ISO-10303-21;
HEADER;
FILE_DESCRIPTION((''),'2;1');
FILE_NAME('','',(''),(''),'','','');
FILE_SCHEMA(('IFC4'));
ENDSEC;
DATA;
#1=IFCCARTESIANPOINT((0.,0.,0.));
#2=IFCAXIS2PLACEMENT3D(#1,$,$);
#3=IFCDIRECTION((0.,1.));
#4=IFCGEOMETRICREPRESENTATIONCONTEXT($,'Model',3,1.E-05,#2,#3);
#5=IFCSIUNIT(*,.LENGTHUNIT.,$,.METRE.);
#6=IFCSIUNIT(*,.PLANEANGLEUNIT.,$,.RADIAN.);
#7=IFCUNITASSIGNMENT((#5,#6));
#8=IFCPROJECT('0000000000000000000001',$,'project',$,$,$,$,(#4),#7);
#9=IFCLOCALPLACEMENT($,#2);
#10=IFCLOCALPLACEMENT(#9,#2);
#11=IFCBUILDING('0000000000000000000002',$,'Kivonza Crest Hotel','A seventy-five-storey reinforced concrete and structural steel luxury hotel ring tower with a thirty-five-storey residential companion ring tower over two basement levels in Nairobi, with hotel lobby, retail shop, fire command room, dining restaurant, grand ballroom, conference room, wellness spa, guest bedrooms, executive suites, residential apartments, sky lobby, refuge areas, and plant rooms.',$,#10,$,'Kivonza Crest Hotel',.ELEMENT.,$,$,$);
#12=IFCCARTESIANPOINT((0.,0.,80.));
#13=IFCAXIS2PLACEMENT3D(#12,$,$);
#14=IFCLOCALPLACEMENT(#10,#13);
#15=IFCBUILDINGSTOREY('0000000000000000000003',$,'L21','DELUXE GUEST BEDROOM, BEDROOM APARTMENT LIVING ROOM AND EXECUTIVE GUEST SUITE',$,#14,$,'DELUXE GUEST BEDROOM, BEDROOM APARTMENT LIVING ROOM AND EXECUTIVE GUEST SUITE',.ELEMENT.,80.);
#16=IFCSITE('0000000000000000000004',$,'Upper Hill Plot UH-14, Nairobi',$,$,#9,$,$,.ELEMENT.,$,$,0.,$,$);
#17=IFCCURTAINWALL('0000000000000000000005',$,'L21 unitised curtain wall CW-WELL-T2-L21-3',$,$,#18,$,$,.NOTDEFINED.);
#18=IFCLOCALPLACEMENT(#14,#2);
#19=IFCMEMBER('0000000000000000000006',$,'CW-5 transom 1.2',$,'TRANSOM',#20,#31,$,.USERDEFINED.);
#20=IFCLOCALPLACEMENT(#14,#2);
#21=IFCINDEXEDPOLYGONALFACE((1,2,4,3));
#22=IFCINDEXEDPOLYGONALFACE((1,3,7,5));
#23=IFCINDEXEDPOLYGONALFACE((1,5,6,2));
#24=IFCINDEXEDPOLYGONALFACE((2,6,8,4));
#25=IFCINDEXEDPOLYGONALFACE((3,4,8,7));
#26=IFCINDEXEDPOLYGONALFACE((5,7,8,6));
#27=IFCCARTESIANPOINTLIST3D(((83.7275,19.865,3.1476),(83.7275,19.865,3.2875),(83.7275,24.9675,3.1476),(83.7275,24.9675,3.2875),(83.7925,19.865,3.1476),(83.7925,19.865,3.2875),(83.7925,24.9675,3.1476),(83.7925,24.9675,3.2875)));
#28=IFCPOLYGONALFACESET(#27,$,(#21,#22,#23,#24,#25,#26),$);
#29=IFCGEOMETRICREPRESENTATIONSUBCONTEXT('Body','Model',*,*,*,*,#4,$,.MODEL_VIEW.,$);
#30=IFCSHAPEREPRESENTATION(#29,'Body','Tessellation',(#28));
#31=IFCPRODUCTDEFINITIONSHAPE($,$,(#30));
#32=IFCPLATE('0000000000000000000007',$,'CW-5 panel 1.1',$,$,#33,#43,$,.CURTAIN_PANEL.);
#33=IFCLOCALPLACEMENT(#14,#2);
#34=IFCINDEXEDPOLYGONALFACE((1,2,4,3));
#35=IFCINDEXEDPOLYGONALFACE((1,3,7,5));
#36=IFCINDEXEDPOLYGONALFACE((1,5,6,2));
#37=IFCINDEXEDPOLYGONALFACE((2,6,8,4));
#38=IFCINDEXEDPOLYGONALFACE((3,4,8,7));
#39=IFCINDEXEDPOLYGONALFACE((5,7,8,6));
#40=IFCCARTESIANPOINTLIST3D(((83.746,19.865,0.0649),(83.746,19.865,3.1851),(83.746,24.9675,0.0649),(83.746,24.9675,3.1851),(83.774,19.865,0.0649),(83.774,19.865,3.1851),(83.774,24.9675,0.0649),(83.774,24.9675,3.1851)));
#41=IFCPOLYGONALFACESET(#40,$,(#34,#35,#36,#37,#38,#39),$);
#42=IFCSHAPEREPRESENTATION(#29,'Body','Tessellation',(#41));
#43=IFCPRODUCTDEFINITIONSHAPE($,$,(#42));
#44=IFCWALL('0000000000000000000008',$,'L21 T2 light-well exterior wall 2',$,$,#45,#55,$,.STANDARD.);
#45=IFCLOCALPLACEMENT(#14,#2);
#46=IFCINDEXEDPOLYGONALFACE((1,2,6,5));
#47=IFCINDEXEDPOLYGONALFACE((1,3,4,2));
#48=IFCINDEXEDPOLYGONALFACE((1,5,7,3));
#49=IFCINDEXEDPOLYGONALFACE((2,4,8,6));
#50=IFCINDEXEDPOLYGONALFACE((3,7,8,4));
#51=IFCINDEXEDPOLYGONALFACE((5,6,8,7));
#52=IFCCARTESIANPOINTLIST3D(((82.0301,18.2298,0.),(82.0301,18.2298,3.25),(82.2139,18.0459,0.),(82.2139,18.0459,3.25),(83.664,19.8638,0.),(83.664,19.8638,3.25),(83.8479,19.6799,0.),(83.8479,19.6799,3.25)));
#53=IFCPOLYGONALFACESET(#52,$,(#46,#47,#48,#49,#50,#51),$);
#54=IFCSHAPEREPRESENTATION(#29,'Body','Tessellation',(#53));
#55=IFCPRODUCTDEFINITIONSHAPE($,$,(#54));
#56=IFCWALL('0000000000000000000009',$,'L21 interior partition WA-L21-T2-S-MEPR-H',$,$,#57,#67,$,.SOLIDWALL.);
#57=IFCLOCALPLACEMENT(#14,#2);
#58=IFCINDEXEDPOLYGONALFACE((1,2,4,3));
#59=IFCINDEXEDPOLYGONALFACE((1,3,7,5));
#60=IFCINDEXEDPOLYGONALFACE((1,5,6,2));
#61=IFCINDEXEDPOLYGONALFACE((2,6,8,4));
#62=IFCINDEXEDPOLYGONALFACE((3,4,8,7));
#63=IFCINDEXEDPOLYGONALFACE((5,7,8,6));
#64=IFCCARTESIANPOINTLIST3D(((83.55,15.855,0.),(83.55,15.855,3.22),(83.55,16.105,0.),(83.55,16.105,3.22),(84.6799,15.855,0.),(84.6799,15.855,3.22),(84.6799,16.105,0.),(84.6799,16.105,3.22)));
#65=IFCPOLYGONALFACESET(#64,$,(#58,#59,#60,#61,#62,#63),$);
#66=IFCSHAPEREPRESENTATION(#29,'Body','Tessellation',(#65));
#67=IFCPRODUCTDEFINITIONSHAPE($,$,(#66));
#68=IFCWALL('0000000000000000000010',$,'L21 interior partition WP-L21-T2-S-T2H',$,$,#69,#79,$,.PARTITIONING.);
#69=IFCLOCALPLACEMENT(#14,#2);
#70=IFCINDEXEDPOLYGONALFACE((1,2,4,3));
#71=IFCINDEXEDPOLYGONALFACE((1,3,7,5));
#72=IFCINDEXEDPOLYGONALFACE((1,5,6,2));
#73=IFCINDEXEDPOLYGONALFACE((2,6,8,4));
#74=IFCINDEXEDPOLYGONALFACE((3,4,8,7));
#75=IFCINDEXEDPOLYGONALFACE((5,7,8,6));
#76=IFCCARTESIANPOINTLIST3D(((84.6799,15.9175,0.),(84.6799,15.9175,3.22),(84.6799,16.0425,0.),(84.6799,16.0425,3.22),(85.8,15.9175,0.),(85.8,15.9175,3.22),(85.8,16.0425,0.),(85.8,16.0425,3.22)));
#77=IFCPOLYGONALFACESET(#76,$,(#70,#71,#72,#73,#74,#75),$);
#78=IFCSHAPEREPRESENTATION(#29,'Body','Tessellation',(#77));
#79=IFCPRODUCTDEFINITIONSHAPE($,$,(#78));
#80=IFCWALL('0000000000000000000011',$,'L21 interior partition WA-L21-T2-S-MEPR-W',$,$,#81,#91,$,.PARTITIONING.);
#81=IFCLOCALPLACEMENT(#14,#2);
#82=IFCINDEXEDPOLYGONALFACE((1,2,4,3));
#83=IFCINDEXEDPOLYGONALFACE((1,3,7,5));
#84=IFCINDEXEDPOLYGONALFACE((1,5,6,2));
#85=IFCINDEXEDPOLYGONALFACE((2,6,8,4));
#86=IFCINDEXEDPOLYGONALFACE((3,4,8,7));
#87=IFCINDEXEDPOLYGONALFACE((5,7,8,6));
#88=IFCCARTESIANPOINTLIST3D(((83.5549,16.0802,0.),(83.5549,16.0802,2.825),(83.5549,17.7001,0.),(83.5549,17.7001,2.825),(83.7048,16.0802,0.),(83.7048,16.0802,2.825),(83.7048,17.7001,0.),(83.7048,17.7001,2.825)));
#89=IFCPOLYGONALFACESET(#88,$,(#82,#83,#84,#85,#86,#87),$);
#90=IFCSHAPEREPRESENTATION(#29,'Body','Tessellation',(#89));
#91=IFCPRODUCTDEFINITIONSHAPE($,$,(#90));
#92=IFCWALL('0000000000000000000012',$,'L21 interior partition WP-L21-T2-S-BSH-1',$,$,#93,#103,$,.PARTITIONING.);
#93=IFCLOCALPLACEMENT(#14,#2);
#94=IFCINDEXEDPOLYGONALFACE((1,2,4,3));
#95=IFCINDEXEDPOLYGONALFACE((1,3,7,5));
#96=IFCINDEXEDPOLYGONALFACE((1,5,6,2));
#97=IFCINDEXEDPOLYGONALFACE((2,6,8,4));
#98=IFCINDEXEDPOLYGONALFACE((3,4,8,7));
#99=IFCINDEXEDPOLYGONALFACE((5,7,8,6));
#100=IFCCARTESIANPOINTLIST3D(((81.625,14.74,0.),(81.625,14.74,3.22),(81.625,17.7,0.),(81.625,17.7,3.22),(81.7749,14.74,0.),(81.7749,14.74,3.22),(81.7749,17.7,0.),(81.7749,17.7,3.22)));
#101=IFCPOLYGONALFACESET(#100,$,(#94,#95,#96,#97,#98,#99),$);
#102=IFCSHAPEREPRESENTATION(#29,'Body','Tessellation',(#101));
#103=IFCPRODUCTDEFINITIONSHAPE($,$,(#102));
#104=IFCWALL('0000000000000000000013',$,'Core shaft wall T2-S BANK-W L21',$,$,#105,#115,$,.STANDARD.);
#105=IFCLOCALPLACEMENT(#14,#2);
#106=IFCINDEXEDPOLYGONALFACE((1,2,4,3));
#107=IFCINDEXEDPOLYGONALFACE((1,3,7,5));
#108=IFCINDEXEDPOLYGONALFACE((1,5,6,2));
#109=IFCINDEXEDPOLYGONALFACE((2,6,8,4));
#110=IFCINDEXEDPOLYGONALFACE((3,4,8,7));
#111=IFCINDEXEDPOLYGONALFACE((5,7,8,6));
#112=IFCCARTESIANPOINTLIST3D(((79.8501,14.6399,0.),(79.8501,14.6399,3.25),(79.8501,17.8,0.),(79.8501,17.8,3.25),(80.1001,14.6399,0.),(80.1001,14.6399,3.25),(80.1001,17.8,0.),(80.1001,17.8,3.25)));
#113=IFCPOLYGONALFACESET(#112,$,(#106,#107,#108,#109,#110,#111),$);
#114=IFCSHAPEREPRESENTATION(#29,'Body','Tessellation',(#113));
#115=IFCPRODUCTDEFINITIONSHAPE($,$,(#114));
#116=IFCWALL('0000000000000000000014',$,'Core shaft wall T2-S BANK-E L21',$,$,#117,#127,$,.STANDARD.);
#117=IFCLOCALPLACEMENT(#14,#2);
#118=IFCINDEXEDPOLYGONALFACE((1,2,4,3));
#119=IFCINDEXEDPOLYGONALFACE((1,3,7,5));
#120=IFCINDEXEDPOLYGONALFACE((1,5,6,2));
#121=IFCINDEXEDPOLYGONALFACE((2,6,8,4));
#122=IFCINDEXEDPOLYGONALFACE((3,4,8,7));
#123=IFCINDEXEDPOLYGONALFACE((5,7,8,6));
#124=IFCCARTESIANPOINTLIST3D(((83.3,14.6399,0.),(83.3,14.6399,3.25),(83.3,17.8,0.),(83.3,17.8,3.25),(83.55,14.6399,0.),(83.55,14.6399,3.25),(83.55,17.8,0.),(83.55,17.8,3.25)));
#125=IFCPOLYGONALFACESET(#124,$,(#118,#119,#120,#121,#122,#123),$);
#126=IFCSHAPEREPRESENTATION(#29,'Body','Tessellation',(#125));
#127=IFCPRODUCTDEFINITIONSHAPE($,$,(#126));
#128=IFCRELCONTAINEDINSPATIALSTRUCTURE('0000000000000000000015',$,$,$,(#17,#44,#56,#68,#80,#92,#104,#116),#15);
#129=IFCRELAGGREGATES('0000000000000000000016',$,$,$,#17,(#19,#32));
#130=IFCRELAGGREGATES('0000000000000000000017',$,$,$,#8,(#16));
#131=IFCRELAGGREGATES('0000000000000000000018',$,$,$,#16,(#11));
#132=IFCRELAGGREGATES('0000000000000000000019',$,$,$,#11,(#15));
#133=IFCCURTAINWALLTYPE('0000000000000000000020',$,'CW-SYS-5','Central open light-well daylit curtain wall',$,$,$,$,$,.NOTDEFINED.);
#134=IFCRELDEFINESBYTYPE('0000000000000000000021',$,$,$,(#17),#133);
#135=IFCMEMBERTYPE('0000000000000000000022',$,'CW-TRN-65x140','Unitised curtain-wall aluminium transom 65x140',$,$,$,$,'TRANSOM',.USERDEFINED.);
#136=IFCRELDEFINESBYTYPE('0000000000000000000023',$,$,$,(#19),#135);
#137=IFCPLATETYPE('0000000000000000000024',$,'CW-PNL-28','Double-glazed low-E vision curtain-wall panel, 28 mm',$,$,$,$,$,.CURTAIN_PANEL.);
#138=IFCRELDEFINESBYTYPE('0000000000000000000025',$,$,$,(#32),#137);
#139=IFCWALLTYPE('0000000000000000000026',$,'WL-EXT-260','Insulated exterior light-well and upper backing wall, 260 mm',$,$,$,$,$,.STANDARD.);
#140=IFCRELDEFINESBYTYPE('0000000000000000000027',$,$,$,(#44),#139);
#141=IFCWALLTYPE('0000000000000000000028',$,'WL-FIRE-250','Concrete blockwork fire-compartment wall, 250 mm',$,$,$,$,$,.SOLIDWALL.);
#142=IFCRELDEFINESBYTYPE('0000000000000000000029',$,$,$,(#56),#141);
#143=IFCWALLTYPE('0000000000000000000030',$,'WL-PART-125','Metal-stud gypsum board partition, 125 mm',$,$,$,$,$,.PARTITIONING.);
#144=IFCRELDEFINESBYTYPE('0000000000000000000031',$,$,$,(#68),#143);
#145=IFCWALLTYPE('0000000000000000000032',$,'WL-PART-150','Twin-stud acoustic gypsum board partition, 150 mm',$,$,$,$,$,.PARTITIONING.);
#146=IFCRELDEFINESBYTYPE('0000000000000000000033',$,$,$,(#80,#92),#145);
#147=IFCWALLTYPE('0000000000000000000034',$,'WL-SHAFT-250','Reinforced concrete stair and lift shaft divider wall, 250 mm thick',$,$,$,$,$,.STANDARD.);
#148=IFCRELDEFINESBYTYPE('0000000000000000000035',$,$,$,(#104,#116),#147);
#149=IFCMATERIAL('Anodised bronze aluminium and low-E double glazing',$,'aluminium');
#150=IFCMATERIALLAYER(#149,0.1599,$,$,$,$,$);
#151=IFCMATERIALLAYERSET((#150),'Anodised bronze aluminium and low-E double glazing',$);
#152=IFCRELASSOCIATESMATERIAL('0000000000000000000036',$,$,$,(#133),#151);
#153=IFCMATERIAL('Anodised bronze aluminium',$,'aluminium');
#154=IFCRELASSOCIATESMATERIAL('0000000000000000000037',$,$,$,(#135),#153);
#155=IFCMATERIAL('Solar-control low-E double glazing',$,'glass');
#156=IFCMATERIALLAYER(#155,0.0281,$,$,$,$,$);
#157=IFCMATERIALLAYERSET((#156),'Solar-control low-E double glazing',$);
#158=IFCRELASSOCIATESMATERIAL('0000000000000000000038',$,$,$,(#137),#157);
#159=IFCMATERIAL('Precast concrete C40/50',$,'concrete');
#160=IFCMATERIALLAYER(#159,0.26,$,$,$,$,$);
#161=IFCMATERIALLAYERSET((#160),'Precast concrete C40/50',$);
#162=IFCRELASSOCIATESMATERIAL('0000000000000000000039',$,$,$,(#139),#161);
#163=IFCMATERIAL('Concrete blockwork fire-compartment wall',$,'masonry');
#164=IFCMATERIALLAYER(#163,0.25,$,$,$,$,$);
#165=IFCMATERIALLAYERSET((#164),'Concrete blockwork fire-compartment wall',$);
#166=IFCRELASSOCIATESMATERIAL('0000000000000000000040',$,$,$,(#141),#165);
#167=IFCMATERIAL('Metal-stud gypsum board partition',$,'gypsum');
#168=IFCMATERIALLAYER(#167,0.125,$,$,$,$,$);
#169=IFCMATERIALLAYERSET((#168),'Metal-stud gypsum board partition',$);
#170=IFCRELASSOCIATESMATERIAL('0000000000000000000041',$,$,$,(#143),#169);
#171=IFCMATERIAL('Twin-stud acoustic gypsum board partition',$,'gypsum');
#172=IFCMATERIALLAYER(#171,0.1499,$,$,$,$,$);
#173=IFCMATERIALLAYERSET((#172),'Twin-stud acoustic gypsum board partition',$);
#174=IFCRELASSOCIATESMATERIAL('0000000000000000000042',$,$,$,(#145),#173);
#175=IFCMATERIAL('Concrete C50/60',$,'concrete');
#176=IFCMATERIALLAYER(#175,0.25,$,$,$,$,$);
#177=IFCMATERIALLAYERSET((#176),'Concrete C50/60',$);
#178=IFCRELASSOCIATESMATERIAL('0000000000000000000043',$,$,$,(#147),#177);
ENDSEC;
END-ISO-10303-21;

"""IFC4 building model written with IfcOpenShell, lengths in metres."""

from ifc_helpers import new_model, si_unit, direction, frame, frame_2d, origin, origin_2d, place, context, subcontext, project, spatial, rectangle, extrude, material, layer, layer_set, material_profile, profile_set, type_object, element, aggregate, save


model = new_model("IFC4")

# Units and contexts
model_context = context("Model", 3, precision=1e-05, world=origin(), true_north=direction((0.0, 1.0)))
body_context = subcontext(model_context, "Body", "Model", "MODEL_VIEW")
ifc_project = project(units=[si_unit("LENGTHUNIT", "METRE"), si_unit("PLANEANGLEUNIT", "RADIAN")], contexts=[model_context])

# Site, building, storey
site_placement = place(None, origin())
site = spatial("IfcSite", under=ifc_project, at=site_placement, Name="Upper Hill Plot UH-14, Nairobi", CompositionType="ELEMENT", RefElevation=0.0)
building_placement = place(site_placement, origin())
building = spatial("IfcBuilding", under=site, at=building_placement, Name="Kivonza Crest Hotel", Description="A seventy-five-storey reinforced concrete and structural steel luxury hotel ring tower with a thirty-five-storey residential companion ring tower over two basement levels in Nairobi, with hotel lobby, retail shop, fire command room, dining restaurant, grand ballroom, conference room, wellness spa, guest bedrooms, executive suites, residential apartments, sky lobby, refuge areas, and plant rooms.", LongName="Kivonza Crest Hotel", CompositionType="ELEMENT")
storey_placement = place(building_placement, frame((0.0, 0.0, 80.0)))
storey = spatial("IfcBuildingStorey", under=building, at=storey_placement, Name="L21", Description="DELUXE GUEST BEDROOM, BEDROOM APARTMENT LIVING ROOM AND EXECUTIVE GUEST SUITE", LongName="DELUXE GUEST BEDROOM, BEDROOM APARTMENT LIVING ROOM AND EXECUTIVE GUEST SUITE", CompositionType="ELEMENT", Elevation=80.0)

# Shared definitions
ifc_material_1 = material(Name="Concrete C50/60", Category="concrete")

# Curtain wall, member, plate
ifc_material_2 = material(Name="Anodised bronze aluminium and low-E double glazing", Category="aluminium")
ifc_layer_1 = layer(ifc_material_2, 0.1599)
ifc_layer_set_1 = layer_set([ifc_layer_1], Name="Anodised bronze aluminium and low-E double glazing")
curtain_wall_type = type_object("IfcCurtainWallType", Name="CW-SYS-5", Description="Central open light-well daylit curtain wall", PredefinedType="NOTDEFINED", material=ifc_layer_set_1)
curtain_wall_placement = place(storey_placement, origin())
curtain_wall = element("IfcCurtainWall", 1, at=curtain_wall_placement, inside=storey, type_object=curtain_wall_type, Name="L21 unitised curtain wall CW-WELL-T2-L21-3", PredefinedType="NOTDEFINED")
ifc_material_3 = material(Name="Anodised bronze aluminium", Category="aluminium")
ifc_material_profile_1 = material_profile(ifc_material_3, rectangle(XDim=0.0649, YDim=0.1399, at=origin_2d()), Name="CW-T 65x140")
ifc_profile_set_1 = profile_set([ifc_material_profile_1], Name="Anodised bronze aluminium")
member_type_1 = type_object("IfcMemberType", Name="CW-TRN-65x140", Description="Unitised curtain-wall aluminium transom 65x140", ElementType="TRANSOM", PredefinedType="USERDEFINED", material=ifc_profile_set_1)
member_1_placement = place(storey_placement, frame((83.76, 19.865, 3.2175), z_axis=(0.0, 1.0, 0.0), x_axis=(-1.0, 0.0, 0.0)))
member_1 = element("IfcMember", 2, at=member_1_placement, type_object=member_type_1, Name="CW-5 transom 1.2", ObjectType="TRANSOM", PredefinedType="USERDEFINED", context=body_context, shape_type="SweptSolid", body=[
    extrude(rectangle(XDim=0.0649, YDim=0.1399, at=origin_2d()), origin(), (0.0, 0.0, 1.0), 5.1025),
])
ifc_material_4 = material(Name="Solar-control low-E double glazing", Category="glass")
ifc_layer_2 = layer(ifc_material_4, 0.0281)
ifc_layer_set_2 = layer_set([ifc_layer_2], Name="Solar-control low-E double glazing")
plate_type = type_object("IfcPlateType", Name="CW-PNL-28", Description="Double-glazed low-E vision curtain-wall panel, 28 mm", PredefinedType="CURTAIN_PANEL", material=ifc_layer_set_2)
plate_placement = place(storey_placement, frame((83.76, 22.4163, 0.0649), z_axis=(0.0, 0.0, 1.0), x_axis=(0.0, 1.0, 0.0)))
plate = element("IfcPlate", 3, at=plate_placement, type_object=plate_type, Name="CW-5 panel 1.1", PredefinedType="CURTAIN_PANEL", context=body_context, shape_type="SweptSolid", body=[
    extrude(rectangle(XDim=5.1025, YDim=0.0281, at=origin_2d()), origin(), (0.0, 0.0, 1.0), 3.1201),
])
aggregate(curtain_wall, [member_1, plate])

# Walls
ifc_material_5 = material(Name="Precast concrete C40/50", Category="concrete")
ifc_layer_3 = layer(ifc_material_5, 0.26)
ifc_layer_set_3 = layer_set([ifc_layer_3], Name="Precast concrete C40/50")
wall_type_1 = type_object("IfcWallType", Name="WL-EXT-260", Description="Insulated exterior light-well and upper backing wall, 260 mm", PredefinedType="STANDARD", material=ifc_layer_set_3)
wall_1_placement = place(storey_placement, frame((82.1221, 18.1379, 0.0), z_axis=(0.0, 0.0, 1.0), x_axis=(0.707107, 0.707107, 0.0)))
element("IfcWall", 4, at=wall_1_placement, inside=storey, type_object=wall_type_1, Name="L21 T2 light-well exterior wall 2", PredefinedType="STANDARD", context=body_context, shape_type="SweptSolid", body=[
    extrude(rectangle(XDim=2.3108, YDim=0.26, at=frame_2d((1.1553, 0.0))), origin(), (0.0, 0.0, 1.0), 3.25),
])
ifc_material_6 = material(Name="Concrete blockwork fire-compartment wall", Category="masonry")
ifc_layer_4 = layer(ifc_material_6, 0.25)
ifc_layer_set_4 = layer_set([ifc_layer_4], Name="Concrete blockwork fire-compartment wall")
wall_type_2 = type_object("IfcWallType", Name="WL-FIRE-250", Description="Concrete blockwork fire-compartment wall, 250 mm", PredefinedType="SOLIDWALL", material=ifc_layer_set_4)
wall_2_placement = place(storey_placement, frame((83.55, 15.98, 0.0), z_axis=(0.0, 0.0, 1.0), x_axis=(1.0, 0.0, 0.0)))
element("IfcWall", 5, at=wall_2_placement, inside=storey, type_object=wall_type_2, Name="L21 interior partition WA-L21-T2-S-MEPR-H", PredefinedType="SOLIDWALL", context=body_context, shape_type="SweptSolid", body=[
    extrude(rectangle(XDim=1.1299, YDim=0.25, at=frame_2d((0.5649, 0.0))), origin(), (0.0, 0.0, 1.0), 3.22),
])
ifc_material_7 = material(Name="Metal-stud gypsum board partition", Category="gypsum")
ifc_layer_5 = layer(ifc_material_7, 0.125)
ifc_layer_set_5 = layer_set([ifc_layer_5], Name="Metal-stud gypsum board partition")
wall_type_3 = type_object("IfcWallType", Name="WL-PART-125", Description="Metal-stud gypsum board partition, 125 mm", PredefinedType="PARTITIONING", material=ifc_layer_set_5)
wall_3_placement = place(storey_placement, frame((84.6799, 15.98, 0.0), z_axis=(0.0, 0.0, 1.0), x_axis=(1.0, 0.0, 0.0)))
element("IfcWall", 6, at=wall_3_placement, inside=storey, type_object=wall_type_3, Name="L21 interior partition WP-L21-T2-S-T2H", PredefinedType="PARTITIONING", context=body_context, shape_type="SweptSolid", body=[
    extrude(rectangle(XDim=1.1201, YDim=0.125, at=frame_2d((0.5601, 0.0))), origin(), (0.0, 0.0, 1.0), 3.22),
])
ifc_material_8 = material(Name="Twin-stud acoustic gypsum board partition", Category="gypsum")
ifc_layer_6 = layer(ifc_material_8, 0.1499)
ifc_layer_set_6 = layer_set([ifc_layer_6], Name="Twin-stud acoustic gypsum board partition")
wall_type_4 = type_object("IfcWallType", Name="WL-PART-150", Description="Twin-stud acoustic gypsum board partition, 150 mm", PredefinedType="PARTITIONING", material=ifc_layer_set_6)
wall_4_placement = place(storey_placement, frame((83.6299, 16.0801, 0.0), z_axis=(0.0, 0.0, 1.0), x_axis=(0.0, 1.0, 0.0)))
element("IfcWall", 7, at=wall_4_placement, inside=storey, type_object=wall_type_4, Name="L21 interior partition WA-L21-T2-S-MEPR-W", PredefinedType="PARTITIONING", context=body_context, shape_type="SweptSolid", body=[
    extrude(rectangle(XDim=1.6199, YDim=0.1499, at=frame_2d((0.8101, 0.0))), origin(), (0.0, 0.0, 1.0), 2.825),
])
wall_5_placement = place(storey_placement, frame((81.7, 14.74, 0.0), z_axis=(0.0, 0.0, 1.0), x_axis=(0.0, 1.0, 0.0)))
element("IfcWall", 8, at=wall_5_placement, inside=storey, type_object=wall_type_4, Name="L21 interior partition WP-L21-T2-S-BSH-1", PredefinedType="PARTITIONING", context=body_context, shape_type="SweptSolid", body=[
    extrude(rectangle(XDim=2.96, YDim=0.1499, at=frame_2d((1.48, 0.0))), origin(), (0.0, 0.0, 1.0), 3.22),
])
ifc_layer_7 = layer(ifc_material_1, 0.25)
ifc_layer_set_7 = layer_set([ifc_layer_7], Name="Concrete C50/60")
wall_type_5 = type_object("IfcWallType", Name="WL-SHAFT-250", Description="Reinforced concrete stair and lift shaft divider wall, 250 mm thick", PredefinedType="STANDARD", material=ifc_layer_set_7)
for number, where, z_axis, x_axis, name in (
    (9, (79.9751, 14.6399, 0.0), (0.0, 0.0, 1.0), (0.0, 1.0, 0.0), "Core shaft wall T2-S BANK-W L21"),
    (10, (83.425, 14.6399, 0.0), (0.0, 0.0, 1.0), (0.0, 1.0, 0.0), "Core shaft wall T2-S BANK-E L21"),
):
    element("IfcWall", number, at=place(storey_placement, frame(where, z_axis=z_axis, x_axis=x_axis)), inside=storey, type_object=wall_type_5, Name=name, PredefinedType="STANDARD", context=body_context, shape_type="SweptSolid", body=[
        extrude(rectangle(XDim=3.1602, YDim=0.25, at=frame_2d((1.5801, 0.0))), origin(), (0.0, 0.0, 1.0), 3.25),
    ])

save(model, "model.ifc")
